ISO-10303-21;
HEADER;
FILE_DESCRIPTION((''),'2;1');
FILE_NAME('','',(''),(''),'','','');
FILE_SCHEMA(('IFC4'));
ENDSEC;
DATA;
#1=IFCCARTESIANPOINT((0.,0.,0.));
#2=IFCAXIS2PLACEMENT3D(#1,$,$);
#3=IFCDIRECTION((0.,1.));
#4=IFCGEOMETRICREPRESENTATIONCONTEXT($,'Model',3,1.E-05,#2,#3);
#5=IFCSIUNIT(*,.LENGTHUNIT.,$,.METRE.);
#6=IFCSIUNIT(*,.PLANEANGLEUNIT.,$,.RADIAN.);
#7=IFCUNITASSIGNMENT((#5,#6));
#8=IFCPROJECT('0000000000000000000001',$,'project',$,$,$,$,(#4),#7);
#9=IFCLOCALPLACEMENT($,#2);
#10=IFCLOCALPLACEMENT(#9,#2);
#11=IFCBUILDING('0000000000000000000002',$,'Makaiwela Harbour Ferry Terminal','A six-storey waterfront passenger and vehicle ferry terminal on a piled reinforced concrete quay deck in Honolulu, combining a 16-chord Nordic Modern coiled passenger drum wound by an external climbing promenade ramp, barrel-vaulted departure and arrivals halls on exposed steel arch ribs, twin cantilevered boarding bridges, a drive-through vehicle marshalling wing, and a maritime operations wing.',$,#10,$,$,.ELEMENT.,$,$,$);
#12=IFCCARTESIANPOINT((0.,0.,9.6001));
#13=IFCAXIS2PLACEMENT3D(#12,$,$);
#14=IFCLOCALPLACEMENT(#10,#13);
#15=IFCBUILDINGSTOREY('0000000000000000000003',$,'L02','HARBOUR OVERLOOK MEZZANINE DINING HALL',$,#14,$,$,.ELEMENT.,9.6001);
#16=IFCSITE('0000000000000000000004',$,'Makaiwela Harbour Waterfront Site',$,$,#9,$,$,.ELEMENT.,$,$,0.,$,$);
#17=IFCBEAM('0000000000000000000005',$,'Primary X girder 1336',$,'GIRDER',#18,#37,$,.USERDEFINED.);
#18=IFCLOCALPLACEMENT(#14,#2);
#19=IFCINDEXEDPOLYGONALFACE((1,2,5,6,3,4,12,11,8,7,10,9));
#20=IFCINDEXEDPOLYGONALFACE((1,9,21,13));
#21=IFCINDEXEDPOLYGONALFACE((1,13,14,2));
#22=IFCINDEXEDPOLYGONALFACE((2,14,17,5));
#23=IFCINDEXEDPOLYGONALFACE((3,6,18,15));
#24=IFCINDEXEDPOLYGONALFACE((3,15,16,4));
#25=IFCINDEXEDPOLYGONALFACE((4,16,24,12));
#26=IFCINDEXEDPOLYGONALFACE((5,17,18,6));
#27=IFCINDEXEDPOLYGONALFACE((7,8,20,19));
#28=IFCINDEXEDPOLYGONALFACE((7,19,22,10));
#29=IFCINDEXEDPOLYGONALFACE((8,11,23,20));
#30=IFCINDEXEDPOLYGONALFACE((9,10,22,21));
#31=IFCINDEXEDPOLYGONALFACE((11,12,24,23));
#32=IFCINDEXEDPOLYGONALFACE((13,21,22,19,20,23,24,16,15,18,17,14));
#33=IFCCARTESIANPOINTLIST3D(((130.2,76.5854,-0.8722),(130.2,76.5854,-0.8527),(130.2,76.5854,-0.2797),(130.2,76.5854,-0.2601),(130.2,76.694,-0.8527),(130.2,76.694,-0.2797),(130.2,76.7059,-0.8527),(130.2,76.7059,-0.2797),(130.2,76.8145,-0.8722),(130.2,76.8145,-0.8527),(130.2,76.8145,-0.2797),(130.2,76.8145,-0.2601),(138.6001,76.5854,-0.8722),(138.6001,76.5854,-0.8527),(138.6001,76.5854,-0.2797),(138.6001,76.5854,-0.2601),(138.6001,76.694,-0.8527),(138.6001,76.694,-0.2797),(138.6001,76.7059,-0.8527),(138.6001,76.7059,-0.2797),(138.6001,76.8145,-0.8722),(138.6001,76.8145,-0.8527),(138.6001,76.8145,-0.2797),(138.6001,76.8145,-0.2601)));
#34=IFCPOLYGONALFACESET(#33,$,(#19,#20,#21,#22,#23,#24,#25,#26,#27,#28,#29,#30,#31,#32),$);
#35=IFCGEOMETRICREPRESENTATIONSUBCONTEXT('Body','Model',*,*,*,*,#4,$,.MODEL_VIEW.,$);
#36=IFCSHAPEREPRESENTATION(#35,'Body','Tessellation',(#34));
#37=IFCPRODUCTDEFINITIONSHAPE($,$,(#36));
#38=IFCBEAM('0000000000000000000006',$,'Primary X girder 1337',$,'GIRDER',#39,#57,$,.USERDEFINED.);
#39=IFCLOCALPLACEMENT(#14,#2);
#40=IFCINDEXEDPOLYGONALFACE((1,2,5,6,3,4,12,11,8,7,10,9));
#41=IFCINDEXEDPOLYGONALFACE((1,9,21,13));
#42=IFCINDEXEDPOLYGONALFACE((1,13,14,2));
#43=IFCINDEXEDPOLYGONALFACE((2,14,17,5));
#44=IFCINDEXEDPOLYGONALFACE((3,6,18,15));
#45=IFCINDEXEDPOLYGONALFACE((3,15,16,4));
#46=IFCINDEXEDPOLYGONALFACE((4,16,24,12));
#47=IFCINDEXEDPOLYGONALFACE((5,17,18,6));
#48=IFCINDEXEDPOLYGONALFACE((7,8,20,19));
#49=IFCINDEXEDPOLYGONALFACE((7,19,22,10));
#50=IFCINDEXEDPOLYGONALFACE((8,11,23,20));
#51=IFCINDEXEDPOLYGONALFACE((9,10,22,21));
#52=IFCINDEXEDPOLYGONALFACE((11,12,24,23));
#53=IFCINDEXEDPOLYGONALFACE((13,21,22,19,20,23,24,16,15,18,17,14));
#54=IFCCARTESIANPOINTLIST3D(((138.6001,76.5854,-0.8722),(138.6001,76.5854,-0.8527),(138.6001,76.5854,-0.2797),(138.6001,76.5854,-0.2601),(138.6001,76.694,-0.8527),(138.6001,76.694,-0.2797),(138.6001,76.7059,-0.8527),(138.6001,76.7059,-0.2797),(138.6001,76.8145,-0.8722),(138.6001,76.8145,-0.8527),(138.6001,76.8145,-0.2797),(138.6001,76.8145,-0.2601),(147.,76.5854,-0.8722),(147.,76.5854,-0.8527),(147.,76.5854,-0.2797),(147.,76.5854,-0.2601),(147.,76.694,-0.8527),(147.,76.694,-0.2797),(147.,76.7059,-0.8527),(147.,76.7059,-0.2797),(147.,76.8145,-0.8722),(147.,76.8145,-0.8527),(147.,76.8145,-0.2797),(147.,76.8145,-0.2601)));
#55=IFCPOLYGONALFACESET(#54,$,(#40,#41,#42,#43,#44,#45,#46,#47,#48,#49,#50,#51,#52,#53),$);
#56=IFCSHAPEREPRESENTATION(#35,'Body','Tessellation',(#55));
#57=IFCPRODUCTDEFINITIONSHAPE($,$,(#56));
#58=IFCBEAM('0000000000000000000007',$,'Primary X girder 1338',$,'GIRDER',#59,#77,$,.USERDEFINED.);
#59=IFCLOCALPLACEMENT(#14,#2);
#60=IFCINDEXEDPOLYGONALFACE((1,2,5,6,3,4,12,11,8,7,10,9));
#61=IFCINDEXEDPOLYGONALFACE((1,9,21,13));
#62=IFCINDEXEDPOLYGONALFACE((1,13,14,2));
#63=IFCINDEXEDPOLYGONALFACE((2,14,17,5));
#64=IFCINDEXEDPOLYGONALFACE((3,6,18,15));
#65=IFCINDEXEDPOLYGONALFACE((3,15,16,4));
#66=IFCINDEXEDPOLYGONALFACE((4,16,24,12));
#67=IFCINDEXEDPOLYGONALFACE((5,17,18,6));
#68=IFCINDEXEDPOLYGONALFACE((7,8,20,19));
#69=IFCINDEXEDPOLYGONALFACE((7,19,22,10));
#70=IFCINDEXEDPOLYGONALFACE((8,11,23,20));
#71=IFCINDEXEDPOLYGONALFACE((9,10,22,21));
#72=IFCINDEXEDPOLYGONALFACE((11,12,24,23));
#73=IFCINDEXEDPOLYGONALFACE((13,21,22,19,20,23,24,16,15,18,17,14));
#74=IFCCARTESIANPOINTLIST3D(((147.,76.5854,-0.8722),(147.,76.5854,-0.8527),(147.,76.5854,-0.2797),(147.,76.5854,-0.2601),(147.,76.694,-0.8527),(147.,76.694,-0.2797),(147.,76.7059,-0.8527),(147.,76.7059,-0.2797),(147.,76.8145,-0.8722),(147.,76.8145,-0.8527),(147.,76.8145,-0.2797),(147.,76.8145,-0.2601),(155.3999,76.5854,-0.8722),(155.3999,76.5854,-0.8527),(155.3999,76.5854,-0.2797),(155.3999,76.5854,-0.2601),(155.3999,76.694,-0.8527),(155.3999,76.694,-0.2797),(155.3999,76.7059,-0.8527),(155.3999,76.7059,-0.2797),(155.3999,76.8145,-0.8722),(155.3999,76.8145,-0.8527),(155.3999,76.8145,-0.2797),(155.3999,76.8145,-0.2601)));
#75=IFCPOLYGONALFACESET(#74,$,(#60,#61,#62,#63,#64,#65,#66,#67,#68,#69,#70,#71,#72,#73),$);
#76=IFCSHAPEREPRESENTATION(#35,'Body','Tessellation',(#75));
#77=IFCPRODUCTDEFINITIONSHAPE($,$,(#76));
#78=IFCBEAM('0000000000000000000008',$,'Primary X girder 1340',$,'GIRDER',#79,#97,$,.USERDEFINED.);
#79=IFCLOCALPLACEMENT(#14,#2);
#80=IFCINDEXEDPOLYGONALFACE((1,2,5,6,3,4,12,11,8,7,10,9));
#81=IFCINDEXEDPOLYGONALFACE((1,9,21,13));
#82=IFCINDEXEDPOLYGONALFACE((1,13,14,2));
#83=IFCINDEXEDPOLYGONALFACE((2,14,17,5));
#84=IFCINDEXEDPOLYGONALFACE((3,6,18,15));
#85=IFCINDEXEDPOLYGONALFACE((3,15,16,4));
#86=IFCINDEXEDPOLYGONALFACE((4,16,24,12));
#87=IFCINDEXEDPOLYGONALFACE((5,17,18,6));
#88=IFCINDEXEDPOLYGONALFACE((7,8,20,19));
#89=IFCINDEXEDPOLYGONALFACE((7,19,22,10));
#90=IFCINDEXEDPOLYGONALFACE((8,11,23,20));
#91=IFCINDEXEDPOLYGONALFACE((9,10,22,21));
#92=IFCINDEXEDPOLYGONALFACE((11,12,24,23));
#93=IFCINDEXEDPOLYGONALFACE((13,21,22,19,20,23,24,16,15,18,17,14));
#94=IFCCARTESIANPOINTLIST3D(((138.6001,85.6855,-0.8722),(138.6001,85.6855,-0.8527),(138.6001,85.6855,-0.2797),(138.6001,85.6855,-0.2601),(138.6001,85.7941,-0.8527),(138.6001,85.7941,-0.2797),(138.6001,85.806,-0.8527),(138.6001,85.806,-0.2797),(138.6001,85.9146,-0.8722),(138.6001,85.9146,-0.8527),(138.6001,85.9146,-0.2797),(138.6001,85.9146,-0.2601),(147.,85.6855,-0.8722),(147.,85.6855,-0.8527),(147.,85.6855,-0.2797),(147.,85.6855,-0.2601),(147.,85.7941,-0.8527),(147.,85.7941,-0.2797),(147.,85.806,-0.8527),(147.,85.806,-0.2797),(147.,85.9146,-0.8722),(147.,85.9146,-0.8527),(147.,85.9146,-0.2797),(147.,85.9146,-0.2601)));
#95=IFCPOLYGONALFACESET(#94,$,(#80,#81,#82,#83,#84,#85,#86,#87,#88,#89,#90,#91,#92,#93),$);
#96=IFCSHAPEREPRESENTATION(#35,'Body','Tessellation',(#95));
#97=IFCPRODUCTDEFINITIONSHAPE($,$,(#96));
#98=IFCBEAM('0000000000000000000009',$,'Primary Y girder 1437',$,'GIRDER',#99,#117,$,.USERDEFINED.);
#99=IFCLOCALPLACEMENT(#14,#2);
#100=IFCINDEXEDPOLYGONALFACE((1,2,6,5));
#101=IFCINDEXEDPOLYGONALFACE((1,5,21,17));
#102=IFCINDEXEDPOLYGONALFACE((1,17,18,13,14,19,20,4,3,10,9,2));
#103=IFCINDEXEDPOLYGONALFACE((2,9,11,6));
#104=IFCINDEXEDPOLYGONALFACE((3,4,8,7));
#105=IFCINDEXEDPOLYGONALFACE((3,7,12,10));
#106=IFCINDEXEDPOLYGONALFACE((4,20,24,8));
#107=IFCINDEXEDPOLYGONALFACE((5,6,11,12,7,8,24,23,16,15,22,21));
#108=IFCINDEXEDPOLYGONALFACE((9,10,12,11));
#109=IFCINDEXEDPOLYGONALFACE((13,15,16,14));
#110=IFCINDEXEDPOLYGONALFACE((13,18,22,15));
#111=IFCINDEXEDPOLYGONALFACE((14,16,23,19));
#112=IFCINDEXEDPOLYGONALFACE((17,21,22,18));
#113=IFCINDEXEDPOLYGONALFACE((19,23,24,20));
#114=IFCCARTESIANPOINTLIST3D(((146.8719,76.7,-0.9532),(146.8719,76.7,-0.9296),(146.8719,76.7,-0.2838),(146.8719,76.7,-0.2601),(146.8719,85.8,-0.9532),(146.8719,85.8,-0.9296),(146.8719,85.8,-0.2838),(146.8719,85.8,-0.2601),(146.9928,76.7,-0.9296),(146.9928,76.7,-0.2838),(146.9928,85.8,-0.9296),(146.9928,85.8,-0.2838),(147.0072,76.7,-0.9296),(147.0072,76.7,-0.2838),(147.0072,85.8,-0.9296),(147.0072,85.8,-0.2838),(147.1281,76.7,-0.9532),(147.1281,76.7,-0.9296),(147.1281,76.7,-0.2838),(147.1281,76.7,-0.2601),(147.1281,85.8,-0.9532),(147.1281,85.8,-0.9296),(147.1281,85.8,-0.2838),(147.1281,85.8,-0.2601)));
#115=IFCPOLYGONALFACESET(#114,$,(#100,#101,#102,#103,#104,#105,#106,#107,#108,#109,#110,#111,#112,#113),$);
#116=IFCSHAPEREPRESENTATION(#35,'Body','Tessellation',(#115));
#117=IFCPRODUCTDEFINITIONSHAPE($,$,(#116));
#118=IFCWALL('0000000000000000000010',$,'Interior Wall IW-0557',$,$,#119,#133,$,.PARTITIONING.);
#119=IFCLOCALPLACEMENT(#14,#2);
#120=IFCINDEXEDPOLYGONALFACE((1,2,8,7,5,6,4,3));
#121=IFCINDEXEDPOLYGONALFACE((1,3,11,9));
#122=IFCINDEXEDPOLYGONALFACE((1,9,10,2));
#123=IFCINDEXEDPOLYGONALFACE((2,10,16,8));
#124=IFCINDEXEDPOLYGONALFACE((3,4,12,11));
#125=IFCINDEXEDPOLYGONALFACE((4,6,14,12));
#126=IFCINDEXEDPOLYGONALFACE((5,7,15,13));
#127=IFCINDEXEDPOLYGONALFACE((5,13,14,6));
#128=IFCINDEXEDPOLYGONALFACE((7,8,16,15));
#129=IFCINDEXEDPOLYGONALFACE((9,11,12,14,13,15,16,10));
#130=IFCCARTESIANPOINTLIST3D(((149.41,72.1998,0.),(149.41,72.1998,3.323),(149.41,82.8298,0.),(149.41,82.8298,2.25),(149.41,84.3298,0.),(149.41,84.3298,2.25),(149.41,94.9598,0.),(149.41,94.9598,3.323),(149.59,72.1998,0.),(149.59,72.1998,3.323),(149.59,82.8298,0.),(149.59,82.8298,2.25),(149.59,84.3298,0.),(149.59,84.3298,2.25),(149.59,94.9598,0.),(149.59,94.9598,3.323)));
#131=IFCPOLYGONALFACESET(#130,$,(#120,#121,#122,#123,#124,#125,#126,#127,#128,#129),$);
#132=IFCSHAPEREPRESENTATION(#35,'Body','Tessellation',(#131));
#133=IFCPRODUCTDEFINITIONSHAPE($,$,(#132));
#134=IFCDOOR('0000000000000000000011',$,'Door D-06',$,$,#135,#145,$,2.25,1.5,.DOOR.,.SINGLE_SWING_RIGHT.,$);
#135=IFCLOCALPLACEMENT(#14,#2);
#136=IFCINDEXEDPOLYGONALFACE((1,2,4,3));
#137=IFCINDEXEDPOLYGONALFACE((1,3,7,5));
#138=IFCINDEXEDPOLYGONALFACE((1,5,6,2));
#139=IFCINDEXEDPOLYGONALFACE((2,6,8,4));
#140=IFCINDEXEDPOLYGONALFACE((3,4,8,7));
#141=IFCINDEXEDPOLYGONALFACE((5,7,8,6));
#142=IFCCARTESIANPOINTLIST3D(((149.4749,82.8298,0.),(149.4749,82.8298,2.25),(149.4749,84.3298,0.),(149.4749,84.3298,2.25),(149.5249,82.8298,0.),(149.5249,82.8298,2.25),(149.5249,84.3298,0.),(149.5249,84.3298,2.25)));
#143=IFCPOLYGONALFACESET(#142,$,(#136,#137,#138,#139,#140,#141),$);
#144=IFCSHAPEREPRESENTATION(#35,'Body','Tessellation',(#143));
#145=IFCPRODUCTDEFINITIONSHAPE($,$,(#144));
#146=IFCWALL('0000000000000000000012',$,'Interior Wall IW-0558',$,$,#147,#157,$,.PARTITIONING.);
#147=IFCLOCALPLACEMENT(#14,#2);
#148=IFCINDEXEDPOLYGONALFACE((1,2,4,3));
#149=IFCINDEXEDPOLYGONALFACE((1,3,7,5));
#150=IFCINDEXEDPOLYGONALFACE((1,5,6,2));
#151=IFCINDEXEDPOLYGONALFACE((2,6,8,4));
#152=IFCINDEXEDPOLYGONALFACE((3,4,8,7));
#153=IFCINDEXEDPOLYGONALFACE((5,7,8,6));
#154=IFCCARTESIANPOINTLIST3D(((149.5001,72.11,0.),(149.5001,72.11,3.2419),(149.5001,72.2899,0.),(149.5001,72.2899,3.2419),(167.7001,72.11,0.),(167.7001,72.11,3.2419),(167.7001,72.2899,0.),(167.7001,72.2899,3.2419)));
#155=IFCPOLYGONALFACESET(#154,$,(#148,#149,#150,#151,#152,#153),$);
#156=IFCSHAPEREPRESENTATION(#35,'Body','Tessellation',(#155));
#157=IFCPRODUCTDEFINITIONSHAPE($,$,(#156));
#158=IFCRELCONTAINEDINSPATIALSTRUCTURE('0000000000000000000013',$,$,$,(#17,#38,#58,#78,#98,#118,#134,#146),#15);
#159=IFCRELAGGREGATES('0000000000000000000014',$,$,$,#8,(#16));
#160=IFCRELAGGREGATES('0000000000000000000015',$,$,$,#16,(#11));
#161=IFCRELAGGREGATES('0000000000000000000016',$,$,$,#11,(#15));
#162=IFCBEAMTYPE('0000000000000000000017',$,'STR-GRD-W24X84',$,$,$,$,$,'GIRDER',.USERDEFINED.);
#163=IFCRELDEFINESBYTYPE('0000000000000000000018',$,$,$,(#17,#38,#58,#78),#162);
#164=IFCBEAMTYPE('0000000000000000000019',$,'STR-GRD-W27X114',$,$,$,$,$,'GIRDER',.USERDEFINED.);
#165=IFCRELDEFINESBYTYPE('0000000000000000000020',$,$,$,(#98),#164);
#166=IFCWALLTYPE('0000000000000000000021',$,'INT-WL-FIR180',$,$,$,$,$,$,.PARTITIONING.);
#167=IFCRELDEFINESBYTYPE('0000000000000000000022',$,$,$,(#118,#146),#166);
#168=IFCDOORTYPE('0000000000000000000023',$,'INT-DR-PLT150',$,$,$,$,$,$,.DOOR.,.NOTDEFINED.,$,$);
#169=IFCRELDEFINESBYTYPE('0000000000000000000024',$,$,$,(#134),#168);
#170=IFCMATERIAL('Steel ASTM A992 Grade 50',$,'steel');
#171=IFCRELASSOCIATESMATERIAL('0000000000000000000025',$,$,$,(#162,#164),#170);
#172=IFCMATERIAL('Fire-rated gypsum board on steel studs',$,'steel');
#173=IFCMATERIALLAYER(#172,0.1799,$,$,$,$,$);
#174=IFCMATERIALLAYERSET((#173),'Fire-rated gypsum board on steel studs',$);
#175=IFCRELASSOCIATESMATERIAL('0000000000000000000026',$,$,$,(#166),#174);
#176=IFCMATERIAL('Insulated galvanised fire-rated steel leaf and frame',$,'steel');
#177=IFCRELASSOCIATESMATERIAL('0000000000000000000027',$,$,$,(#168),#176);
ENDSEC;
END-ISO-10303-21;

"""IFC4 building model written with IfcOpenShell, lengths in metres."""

from ifc_helpers import new_model, si_unit, direction, frame, frame_2d, origin, origin_2d, place, context, subcontext, project, spatial, rectangle, i_section, extrude, material, layer, layer_set, material_profile, profile_set, type_object, element, fill, save


model = new_model("IFC4")

# Units and contexts
model_context = context("Model", 3, precision=1e-05, world=origin(), true_north=direction((0.0, 1.0)))
body_context = subcontext(model_context, "Body", "Model", "MODEL_VIEW")
ifc_project = project(units=[si_unit("LENGTHUNIT", "METRE"), si_unit("PLANEANGLEUNIT", "RADIAN")], contexts=[model_context])

# Site, building, storey
site_placement = place(None, origin())
site = spatial("IfcSite", under=ifc_project, at=site_placement, Name="Makaiwela Harbour Waterfront Site", CompositionType="ELEMENT", RefElevation=0.0)
building_placement = place(site_placement, origin())
building = spatial("IfcBuilding", under=site, at=building_placement, Name="Makaiwela Harbour Ferry Terminal", Description="A six-storey waterfront passenger and vehicle ferry terminal on a piled reinforced concrete quay deck in Honolulu, combining a 16-chord Nordic Modern coiled passenger drum wound by an external climbing promenade ramp, barrel-vaulted departure and arrivals halls on exposed steel arch ribs, twin cantilevered boarding bridges, a drive-through vehicle marshalling wing, and a maritime operations wing.", CompositionType="ELEMENT")
storey_placement = place(building_placement, frame((0.0, 0.0, 9.6001)))
storey = spatial("IfcBuildingStorey", under=building, at=storey_placement, Name="L02", Description="HARBOUR OVERLOOK MEZZANINE DINING HALL", CompositionType="ELEMENT", Elevation=9.6001)

# Shared definitions
ifc_material_1 = material(Name="Steel ASTM A992 Grade 50", Category="steel")

# Beams
ifc_material_profile_1 = material_profile(ifc_material_1, i_section(OverallWidth=0.229, OverallDepth=0.6121, WebThickness=0.012, FlangeThickness=0.0195, at=origin_2d()), Name="W24X84")
ifc_profile_set_1 = profile_set([ifc_material_profile_1], Name="Steel ASTM A992 Grade 50")
beam_type_1 = type_object("IfcBeamType", Name="STR-GRD-W24X84", ElementType="GIRDER", PredefinedType="USERDEFINED", material=ifc_profile_set_1)
beam_1_placement = place(storey_placement, frame((130.2, 76.7, -0.5662), z_axis=(1.0, 0.0, 0.0), x_axis=(0.0, 1.0, 0.0)))
element("IfcBeam", 1, at=beam_1_placement, inside=storey, type_object=beam_type_1, Name="Primary X girder 1336", ObjectType="GIRDER", PredefinedType="USERDEFINED", context=body_context, shape_type="SweptSolid", body=[
    extrude(i_section(OverallWidth=0.229, OverallDepth=0.6121, WebThickness=0.012, FlangeThickness=0.0195, at=origin_2d()), origin(), (0.0, 0.0, 1.0), 8.4001),
])
for number, where, z_axis, x_axis, name in (
    (2, (138.6001, 76.7, -0.5662), (1.0, 0.0, 0.0), (0.0, 1.0, 0.0), "Primary X girder 1337"),
    (3, (147.0, 76.7, -0.5662), (1.0, 0.0, 0.0), (0.0, 1.0, 0.0), "Primary X girder 1338"),
    (4, (138.6001, 85.8, -0.5662), (1.0, 0.0, 0.0), (0.0, 1.0, 0.0), "Primary X girder 1340"),
):
    element("IfcBeam", number, at=place(storey_placement, frame(where, z_axis=z_axis, x_axis=x_axis)), inside=storey, type_object=beam_type_1, Name=name, ObjectType="GIRDER", PredefinedType="USERDEFINED", context=body_context, shape_type="SweptSolid", body=[
        extrude(i_section(OverallWidth=0.229, OverallDepth=0.6121, WebThickness=0.012, FlangeThickness=0.0195, at=origin_2d()), origin(), (0.0, 0.0, 1.0), 8.3999),
    ])
ifc_material_profile_2 = material_profile(ifc_material_1, i_section(OverallWidth=0.2561, OverallDepth=0.6931, WebThickness=0.0144, FlangeThickness=0.0237, at=origin_2d()), Name="W27X114")
ifc_profile_set_2 = profile_set([ifc_material_profile_2], Name="Steel ASTM A992 Grade 50")
beam_type_2 = type_object("IfcBeamType", Name="STR-GRD-W27X114", ElementType="GIRDER", PredefinedType="USERDEFINED", material=ifc_profile_set_2)
beam_2_placement = place(storey_placement, frame((147.0, 76.7, -0.6067), z_axis=(0.0, 1.0, 0.0), x_axis=(-1.0, 0.0, 0.0)))
element("IfcBeam", 5, at=beam_2_placement, inside=storey, type_object=beam_type_2, Name="Primary Y girder 1437", ObjectType="GIRDER", PredefinedType="USERDEFINED", context=body_context, shape_type="SweptSolid", body=[
    extrude(i_section(OverallWidth=0.2561, OverallDepth=0.6931, WebThickness=0.0144, FlangeThickness=0.0237, at=origin_2d()), origin(), (0.0, 0.0, 1.0), 9.1001),
])

# Wall, opening, door
ifc_material_2 = material(Name="Fire-rated gypsum board on steel studs", Category="steel")
ifc_layer = layer(ifc_material_2, 0.1799)
ifc_layer_set = layer_set([ifc_layer], Name="Fire-rated gypsum board on steel studs")
wall_type = type_object("IfcWallType", Name="INT-WL-FIR180", PredefinedType="PARTITIONING", material=ifc_layer_set)
wall_1_placement = place(storey_placement, frame((149.5, 72.2, 0.0), z_axis=(0.0, 0.0, 1.0), x_axis=(0.0, 1.0, 0.0)))
wall_1 = element("IfcWall", 6, at=wall_1_placement, inside=storey, type_object=wall_type, Name="Interior Wall IW-0557", PredefinedType="PARTITIONING", context=body_context, shape_type="SweptSolid", body=[
    extrude(rectangle(XDim=22.76, YDim=0.1799, at=frame_2d((11.3799, 0.0))), origin(), (0.0, 0.0, 1.0), 3.323),
])
opening_placement = place(wall_1_placement, frame((10.6299, 0.0, 0.0)))
opening = element("IfcOpeningElement", 7, at=opening_placement, cuts=wall_1, PredefinedType="OPENING", context=body_context, shape_type="SweptSolid", body=[
    extrude(rectangle(XDim=1.5, YDim=2.25, at=frame_2d((0.75, 1.125))), frame((0.0, 0.0999, 0.0), z_axis=(0.0, -1.0, 0.0), x_axis=(1.0, 0.0, 0.0)), (0.0, 0.0, 1.0), 0.2),
])
ifc_material_3 = material(Name="Insulated galvanised fire-rated steel leaf and frame", Category="steel")
door_type = type_object("IfcDoorType", Name="INT-DR-PLT150", OperationType="NOTDEFINED", PredefinedType="DOOR", material=ifc_material_3)
door_placement = place(opening_placement, frame((1.5, 0.0, 0.0), z_axis=(0.0, 0.0, 1.0), x_axis=(-1.0, 0.0, 0.0)))
door = element("IfcDoor", 8, at=door_placement, inside=storey, type_object=door_type, Name="Door D-06", OperationType="SINGLE_SWING_RIGHT", OverallHeight=2.25, OverallWidth=1.5, PredefinedType="DOOR", context=body_context, shape_type="SweptSolid", body=[
    extrude(rectangle(XDim=1.5, YDim=2.25, at=frame_2d((0.75, 1.125))), frame((0.0, 0.0249, 0.0), z_axis=(0.0, -1.0, 0.0), x_axis=(1.0, 0.0, 0.0)), (0.0, 0.0, 1.0), 0.05),
])
fill(opening, door)

# Wall
wall_2_placement = place(storey_placement, frame((149.5, 72.2, 0.0), z_axis=(0.0, 0.0, 1.0), x_axis=(1.0, 0.0, 0.0)))
element("IfcWall", 9, at=wall_2_placement, inside=storey, type_object=wall_type, Name="Interior Wall IW-0558", PredefinedType="PARTITIONING", context=body_context, shape_type="SweptSolid", body=[
    extrude(rectangle(XDim=18.2, YDim=0.1799, at=frame_2d((9.1001, 0.0))), origin(), (0.0, 0.0, 1.0), 3.2419),
])

save(model, "model.ifc")
